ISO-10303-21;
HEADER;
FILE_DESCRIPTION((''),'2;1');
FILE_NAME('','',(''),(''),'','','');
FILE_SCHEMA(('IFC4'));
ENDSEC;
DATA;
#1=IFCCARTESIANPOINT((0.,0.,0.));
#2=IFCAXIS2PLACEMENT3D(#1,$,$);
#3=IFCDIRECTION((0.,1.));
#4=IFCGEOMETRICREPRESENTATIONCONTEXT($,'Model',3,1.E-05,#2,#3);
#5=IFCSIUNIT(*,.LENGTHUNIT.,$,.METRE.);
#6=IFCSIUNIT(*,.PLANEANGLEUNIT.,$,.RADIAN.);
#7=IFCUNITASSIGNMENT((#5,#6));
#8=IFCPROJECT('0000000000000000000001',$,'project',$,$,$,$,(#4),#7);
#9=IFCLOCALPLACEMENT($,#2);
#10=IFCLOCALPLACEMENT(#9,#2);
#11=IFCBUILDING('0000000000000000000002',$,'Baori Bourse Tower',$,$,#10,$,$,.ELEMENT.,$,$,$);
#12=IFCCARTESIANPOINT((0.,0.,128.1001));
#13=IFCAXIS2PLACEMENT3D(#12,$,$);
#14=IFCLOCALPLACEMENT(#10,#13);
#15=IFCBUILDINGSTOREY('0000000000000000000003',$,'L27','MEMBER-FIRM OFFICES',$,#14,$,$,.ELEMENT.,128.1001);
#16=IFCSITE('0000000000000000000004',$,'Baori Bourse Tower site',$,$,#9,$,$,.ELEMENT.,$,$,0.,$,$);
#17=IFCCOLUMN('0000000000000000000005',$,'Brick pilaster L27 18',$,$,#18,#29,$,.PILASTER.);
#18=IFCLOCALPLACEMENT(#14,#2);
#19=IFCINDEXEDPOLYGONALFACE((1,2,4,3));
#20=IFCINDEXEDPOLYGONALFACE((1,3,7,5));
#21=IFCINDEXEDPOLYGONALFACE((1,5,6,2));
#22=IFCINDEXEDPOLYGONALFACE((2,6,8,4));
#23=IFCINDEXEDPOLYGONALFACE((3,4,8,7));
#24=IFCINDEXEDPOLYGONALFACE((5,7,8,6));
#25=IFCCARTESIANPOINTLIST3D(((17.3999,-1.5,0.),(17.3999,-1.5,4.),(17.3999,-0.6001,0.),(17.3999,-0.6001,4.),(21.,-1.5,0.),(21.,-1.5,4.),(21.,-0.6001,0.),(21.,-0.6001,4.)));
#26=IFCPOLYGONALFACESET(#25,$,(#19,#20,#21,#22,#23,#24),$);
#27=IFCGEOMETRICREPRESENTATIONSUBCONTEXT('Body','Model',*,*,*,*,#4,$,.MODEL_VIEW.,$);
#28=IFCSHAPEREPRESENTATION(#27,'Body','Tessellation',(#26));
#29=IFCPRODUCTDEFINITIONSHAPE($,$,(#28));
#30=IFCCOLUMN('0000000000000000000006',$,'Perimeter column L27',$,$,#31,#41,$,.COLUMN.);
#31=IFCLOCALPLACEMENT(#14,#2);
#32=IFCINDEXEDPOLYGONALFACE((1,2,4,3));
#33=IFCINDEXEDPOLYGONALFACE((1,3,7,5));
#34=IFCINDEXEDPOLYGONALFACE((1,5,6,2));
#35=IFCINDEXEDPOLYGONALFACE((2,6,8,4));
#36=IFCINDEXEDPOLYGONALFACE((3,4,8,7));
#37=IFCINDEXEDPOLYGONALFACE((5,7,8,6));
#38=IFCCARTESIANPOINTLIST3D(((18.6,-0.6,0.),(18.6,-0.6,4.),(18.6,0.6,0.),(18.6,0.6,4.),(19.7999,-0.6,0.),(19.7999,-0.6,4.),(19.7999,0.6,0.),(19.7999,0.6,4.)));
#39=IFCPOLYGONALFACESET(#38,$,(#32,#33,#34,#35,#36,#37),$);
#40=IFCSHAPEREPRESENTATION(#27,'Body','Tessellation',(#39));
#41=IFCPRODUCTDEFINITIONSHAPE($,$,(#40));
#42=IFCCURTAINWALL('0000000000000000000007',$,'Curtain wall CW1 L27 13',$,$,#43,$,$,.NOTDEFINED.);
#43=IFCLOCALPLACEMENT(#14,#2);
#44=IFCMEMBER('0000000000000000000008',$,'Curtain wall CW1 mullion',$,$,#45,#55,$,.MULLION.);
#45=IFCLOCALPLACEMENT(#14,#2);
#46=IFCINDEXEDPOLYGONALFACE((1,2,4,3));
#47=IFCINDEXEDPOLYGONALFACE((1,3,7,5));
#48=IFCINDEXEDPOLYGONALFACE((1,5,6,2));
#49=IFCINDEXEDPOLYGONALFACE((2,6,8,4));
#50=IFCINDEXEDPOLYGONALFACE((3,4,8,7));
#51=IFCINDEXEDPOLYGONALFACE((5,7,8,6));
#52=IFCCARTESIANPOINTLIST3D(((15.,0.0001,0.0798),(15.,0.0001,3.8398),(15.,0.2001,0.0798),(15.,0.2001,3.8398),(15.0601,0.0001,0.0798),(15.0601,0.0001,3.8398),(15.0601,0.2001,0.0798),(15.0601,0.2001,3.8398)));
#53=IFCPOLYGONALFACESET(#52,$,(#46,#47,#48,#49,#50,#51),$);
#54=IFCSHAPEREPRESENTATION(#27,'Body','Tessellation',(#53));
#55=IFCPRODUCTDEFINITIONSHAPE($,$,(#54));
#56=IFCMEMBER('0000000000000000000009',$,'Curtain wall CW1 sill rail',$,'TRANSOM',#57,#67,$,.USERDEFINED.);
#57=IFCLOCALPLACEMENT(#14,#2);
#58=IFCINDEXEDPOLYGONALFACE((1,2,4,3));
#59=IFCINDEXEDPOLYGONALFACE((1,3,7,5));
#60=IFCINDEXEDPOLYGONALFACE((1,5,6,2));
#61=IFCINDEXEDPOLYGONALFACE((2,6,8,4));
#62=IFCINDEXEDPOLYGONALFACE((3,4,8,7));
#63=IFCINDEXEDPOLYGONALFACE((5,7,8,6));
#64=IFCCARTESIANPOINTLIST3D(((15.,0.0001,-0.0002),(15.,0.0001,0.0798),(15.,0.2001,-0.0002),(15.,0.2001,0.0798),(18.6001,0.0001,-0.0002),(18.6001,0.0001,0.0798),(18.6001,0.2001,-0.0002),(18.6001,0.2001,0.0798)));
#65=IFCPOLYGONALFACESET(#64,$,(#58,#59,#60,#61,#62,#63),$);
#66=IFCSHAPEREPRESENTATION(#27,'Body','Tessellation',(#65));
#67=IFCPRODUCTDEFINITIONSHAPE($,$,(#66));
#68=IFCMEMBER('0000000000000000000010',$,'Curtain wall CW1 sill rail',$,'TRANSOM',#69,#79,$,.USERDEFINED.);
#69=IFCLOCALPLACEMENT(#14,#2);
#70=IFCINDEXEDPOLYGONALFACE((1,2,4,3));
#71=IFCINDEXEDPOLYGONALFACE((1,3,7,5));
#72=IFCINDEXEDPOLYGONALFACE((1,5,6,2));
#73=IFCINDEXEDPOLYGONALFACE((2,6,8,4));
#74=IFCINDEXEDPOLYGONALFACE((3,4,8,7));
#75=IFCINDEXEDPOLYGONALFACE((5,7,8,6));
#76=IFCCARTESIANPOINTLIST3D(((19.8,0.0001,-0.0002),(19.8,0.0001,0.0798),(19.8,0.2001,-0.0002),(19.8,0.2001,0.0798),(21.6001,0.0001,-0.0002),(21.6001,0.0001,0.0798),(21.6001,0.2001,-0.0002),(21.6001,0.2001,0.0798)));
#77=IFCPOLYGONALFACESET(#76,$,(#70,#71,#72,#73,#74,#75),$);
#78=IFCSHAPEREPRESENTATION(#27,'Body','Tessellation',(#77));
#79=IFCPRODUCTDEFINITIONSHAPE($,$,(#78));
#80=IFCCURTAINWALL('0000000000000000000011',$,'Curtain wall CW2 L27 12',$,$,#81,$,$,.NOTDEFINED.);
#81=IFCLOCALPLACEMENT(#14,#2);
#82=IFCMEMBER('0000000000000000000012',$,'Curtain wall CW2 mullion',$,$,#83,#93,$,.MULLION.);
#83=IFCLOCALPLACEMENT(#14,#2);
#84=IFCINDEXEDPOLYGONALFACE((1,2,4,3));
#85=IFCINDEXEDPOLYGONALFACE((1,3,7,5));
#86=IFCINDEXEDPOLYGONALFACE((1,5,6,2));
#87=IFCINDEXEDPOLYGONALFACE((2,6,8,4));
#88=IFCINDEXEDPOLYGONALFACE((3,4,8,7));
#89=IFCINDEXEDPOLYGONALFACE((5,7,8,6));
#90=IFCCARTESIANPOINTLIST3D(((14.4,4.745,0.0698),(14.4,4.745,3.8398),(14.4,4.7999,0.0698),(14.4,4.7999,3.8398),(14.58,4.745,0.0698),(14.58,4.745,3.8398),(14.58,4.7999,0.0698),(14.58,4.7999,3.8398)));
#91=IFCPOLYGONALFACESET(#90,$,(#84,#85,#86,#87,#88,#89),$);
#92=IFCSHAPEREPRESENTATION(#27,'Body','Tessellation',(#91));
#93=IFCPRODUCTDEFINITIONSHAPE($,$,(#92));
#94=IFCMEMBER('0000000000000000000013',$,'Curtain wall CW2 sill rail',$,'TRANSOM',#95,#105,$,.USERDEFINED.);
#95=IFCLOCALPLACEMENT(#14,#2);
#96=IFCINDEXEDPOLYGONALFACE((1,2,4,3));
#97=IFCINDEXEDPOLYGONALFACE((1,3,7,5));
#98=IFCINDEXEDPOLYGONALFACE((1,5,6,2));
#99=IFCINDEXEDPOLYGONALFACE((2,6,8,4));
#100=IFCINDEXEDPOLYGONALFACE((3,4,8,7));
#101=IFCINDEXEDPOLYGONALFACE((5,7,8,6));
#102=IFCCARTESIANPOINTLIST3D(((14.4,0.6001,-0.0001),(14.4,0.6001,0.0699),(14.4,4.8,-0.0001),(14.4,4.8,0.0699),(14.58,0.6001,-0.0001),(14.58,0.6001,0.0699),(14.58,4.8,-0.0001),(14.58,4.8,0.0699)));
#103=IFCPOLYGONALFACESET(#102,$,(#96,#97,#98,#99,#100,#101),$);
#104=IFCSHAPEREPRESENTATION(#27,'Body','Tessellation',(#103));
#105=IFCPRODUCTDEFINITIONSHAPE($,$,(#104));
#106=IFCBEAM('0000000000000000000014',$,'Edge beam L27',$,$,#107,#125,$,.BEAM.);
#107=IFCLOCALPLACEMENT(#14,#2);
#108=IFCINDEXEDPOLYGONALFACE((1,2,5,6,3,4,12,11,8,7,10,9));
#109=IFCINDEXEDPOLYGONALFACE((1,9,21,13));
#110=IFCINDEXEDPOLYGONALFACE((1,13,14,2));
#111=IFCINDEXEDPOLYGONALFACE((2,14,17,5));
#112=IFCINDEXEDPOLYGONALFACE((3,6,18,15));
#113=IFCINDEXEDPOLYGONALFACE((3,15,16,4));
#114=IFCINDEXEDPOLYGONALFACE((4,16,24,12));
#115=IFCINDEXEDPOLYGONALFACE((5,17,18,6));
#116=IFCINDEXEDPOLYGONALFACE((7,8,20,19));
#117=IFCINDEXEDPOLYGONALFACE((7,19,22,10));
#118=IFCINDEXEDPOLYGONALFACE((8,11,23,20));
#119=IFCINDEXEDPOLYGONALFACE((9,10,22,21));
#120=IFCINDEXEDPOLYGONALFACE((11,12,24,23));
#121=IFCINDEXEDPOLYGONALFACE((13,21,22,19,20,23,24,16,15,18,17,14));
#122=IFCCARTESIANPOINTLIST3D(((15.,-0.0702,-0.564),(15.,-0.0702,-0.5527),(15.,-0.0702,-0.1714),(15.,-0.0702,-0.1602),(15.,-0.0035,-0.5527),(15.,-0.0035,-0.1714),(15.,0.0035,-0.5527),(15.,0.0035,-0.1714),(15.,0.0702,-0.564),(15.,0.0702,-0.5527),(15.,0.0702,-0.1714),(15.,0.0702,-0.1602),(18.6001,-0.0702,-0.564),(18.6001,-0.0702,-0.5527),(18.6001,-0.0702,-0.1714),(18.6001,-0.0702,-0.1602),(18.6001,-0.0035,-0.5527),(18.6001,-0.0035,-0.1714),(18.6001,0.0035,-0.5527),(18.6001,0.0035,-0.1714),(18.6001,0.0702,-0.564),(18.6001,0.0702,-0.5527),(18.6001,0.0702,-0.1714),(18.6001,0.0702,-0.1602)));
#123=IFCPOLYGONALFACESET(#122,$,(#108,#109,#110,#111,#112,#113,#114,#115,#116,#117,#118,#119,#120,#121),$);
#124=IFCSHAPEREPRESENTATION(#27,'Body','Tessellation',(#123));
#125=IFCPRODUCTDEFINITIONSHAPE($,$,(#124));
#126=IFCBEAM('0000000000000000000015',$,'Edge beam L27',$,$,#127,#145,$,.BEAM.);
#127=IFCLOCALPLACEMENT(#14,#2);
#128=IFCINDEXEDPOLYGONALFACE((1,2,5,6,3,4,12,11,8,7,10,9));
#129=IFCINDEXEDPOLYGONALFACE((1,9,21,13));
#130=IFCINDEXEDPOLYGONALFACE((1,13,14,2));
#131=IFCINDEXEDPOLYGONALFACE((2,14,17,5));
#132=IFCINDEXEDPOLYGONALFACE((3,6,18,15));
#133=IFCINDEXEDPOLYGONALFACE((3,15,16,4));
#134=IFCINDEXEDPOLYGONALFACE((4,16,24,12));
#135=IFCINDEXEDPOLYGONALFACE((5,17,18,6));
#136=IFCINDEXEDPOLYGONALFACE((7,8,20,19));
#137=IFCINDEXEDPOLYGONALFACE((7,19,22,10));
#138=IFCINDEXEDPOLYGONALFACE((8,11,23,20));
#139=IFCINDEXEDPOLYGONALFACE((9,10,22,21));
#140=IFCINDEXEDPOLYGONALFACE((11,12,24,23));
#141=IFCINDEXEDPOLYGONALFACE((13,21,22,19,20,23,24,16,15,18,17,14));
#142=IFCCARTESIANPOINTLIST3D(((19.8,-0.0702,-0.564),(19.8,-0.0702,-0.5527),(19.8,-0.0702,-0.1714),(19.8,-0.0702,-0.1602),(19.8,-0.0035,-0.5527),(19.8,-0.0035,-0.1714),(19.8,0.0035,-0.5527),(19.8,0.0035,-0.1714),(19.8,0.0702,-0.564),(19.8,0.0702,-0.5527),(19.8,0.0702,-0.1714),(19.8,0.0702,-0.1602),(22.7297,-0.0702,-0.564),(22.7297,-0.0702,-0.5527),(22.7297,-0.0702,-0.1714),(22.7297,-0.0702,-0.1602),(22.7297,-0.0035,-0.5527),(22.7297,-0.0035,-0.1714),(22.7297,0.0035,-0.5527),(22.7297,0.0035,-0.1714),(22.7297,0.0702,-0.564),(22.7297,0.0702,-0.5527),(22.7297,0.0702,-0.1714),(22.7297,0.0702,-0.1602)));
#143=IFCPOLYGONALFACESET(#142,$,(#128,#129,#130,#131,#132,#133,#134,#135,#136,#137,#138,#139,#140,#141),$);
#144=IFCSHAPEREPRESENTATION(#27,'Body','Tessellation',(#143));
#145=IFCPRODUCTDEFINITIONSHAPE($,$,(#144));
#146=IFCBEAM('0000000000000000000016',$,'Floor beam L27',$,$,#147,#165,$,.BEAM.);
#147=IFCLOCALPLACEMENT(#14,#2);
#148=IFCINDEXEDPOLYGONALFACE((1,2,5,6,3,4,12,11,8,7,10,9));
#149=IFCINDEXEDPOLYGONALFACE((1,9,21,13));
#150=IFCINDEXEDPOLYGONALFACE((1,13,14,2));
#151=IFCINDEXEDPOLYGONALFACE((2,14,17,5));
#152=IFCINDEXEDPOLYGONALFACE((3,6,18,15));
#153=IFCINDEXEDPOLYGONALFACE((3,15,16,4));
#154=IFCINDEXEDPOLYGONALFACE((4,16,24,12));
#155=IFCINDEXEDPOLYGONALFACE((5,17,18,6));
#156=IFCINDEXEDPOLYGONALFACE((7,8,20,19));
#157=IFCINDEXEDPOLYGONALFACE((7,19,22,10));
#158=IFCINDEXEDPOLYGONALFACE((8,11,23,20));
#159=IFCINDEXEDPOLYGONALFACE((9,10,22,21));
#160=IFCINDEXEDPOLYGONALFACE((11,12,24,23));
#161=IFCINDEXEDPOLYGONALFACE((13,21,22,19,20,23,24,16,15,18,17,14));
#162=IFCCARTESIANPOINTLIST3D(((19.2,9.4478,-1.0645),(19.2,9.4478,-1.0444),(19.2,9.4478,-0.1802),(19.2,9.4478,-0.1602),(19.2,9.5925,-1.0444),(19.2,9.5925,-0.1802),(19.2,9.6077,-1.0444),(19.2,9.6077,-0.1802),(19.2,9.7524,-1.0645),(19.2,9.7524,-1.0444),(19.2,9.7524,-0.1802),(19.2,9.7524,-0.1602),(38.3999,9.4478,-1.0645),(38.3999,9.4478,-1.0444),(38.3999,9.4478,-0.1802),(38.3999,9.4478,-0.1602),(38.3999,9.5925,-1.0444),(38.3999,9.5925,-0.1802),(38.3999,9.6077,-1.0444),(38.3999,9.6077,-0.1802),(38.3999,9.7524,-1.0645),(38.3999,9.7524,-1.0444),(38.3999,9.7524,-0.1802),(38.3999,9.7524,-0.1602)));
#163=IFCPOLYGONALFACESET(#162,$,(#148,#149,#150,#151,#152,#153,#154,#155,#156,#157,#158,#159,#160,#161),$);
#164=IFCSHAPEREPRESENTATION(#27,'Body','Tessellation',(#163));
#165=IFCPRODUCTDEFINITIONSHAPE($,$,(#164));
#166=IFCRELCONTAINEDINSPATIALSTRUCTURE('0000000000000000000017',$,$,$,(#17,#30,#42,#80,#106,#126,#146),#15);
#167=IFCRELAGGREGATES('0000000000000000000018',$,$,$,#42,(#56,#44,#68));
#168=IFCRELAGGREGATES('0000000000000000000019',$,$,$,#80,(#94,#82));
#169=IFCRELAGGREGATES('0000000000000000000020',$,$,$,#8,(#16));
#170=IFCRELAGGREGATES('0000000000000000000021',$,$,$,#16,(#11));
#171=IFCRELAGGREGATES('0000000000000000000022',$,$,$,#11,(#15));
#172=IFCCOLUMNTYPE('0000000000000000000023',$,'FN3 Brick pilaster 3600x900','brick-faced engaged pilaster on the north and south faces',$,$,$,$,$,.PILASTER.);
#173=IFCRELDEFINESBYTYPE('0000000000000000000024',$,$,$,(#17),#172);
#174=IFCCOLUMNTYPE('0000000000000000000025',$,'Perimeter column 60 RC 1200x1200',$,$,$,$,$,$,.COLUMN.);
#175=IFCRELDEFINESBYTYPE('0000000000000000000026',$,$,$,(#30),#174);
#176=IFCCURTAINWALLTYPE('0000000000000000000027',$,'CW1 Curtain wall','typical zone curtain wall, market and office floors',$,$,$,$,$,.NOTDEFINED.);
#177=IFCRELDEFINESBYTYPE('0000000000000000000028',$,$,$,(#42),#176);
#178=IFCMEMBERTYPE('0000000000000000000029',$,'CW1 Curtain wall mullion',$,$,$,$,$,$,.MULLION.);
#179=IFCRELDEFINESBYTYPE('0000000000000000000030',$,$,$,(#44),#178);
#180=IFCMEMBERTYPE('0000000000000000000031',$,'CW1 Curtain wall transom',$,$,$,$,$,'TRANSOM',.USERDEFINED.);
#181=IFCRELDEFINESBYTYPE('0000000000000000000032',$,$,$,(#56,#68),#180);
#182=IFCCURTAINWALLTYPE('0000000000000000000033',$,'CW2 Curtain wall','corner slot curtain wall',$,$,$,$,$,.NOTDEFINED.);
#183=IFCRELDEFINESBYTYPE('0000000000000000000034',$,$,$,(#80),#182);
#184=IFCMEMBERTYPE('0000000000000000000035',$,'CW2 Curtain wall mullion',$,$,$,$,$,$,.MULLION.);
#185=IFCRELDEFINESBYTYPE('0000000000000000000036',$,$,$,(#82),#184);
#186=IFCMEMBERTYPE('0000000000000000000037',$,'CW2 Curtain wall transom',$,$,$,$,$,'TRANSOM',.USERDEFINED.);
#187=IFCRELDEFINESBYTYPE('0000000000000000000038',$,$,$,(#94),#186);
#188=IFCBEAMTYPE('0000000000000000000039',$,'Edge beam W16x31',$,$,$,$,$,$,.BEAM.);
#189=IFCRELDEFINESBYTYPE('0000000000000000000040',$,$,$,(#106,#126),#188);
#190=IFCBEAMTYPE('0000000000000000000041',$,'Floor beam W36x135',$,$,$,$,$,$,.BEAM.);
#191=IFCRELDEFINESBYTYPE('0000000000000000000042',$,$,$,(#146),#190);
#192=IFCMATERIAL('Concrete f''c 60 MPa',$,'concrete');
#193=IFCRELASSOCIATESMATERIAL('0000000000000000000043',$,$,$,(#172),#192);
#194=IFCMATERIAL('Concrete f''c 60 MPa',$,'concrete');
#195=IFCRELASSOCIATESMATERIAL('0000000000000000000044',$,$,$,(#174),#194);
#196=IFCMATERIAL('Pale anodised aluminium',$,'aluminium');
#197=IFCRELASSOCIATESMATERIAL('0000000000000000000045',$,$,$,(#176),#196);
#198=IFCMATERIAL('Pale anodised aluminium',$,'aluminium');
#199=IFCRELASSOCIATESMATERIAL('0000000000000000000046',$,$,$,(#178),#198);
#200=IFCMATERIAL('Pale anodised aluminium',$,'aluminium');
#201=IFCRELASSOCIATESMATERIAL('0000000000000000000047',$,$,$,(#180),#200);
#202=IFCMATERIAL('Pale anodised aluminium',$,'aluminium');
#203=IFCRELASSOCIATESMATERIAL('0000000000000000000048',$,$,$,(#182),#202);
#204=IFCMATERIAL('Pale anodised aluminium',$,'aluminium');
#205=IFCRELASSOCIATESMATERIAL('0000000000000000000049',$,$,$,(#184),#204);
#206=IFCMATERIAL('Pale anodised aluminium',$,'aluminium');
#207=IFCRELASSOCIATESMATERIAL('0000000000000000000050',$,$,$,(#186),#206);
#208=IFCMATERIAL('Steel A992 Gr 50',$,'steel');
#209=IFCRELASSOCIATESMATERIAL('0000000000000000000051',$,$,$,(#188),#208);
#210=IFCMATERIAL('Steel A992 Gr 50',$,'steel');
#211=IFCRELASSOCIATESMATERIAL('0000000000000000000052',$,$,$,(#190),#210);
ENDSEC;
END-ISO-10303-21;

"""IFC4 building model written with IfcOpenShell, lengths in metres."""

from ifc_helpers import new_model, si_unit, direction, frame, origin, origin_2d, place, context, subcontext, project, spatial, rectangle, i_section, extrude, material, material_profile, profile_set, type_object, element, aggregate, save


model = new_model("IFC4")

# Units and contexts
model_context = context("Model", 3, precision=1e-05, world=origin(), true_north=direction((0.0, 1.0)))
body_context = subcontext(model_context, "Body", "Model", "MODEL_VIEW")
ifc_project = project(units=[si_unit("LENGTHUNIT", "METRE"), si_unit("PLANEANGLEUNIT", "RADIAN")], contexts=[model_context])

# Site, building, storey
site_placement = place(None, origin())
site = spatial("IfcSite", under=ifc_project, at=site_placement, Name="Baori Bourse Tower site", CompositionType="ELEMENT", RefElevation=0.0)
building_placement = place(site_placement, origin())
building = spatial("IfcBuilding", under=site, at=building_placement, Name="Baori Bourse Tower", CompositionType="ELEMENT")
storey_placement = place(building_placement, frame((0.0, 0.0, 128.1001)))
storey = spatial("IfcBuildingStorey", under=building, at=storey_placement, Name="L27", Description="MEMBER-FIRM OFFICES", CompositionType="ELEMENT", Elevation=128.1001)

# Columns
ifc_material_1 = material(Name="Concrete f'c 60 MPa", Category="concrete")
ifc_material_profile_1 = material_profile(ifc_material_1, rectangle(XDim=3.6001, YDim=0.8999, at=origin_2d()), Name="RC 3600x900")
ifc_profile_set_1 = profile_set([ifc_material_profile_1], Name="Concrete f'c 60 MPa")
column_type_1 = type_object("IfcColumnType", Name="FN3 Brick pilaster 3600x900", Description="brick-faced engaged pilaster on the north and south faces", PredefinedType="PILASTER", material=ifc_profile_set_1)
column_1_placement = place(storey_placement, frame((19.2, -1.05, 0.0), z_axis=(0.0, 0.0, 1.0), x_axis=(1.0, 0.0, 0.0)))
element("IfcColumn", 1, at=column_1_placement, inside=storey, type_object=column_type_1, Name="Brick pilaster L27 18", PredefinedType="PILASTER", context=body_context, shape_type="SweptSolid", body=[
    extrude(rectangle(XDim=3.6001, YDim=0.8999, at=origin_2d()), origin(), (0.0, 0.0, 1.0), 4.0),
])
ifc_material_2 = material(Name="Concrete f'c 60 MPa", Category="concrete")
ifc_material_profile_2 = material_profile(ifc_material_2, rectangle(XDim=1.2, YDim=1.2, at=origin_2d()), Name="RC 1200x1200")
ifc_profile_set_2 = profile_set([ifc_material_profile_2], Name="Concrete f'c 60 MPa")
column_type_2 = type_object("IfcColumnType", Name="Perimeter column 60 RC 1200x1200", PredefinedType="COLUMN", material=ifc_profile_set_2)
column_2_placement = place(storey_placement, frame((19.2, 0.0, 0.0), z_axis=(0.0, 0.0, 1.0), x_axis=(1.0, 0.0, 0.0)))
element("IfcColumn", 2, at=column_2_placement, inside=storey, type_object=column_type_2, Name="Perimeter column L27", PredefinedType="COLUMN", context=body_context, shape_type="SweptSolid", body=[
    extrude(rectangle(XDim=1.2, YDim=1.2, at=origin_2d()), origin(), (0.0, 0.0, 1.0), 4.0),
])

# Curtain walls, members
ifc_material_3 = material(Name="Pale anodised aluminium", Category="aluminium")
curtain_wall_type_1 = type_object("IfcCurtainWallType", Name="CW1 Curtain wall", Description="typical zone curtain wall, market and office floors", PredefinedType="NOTDEFINED", material=ifc_material_3)
curtain_wall_1_placement = place(storey_placement, origin())
curtain_wall_1 = element("IfcCurtainWall", 3, at=curtain_wall_1_placement, inside=storey, type_object=curtain_wall_type_1, Name="Curtain wall CW1 L27 13", PredefinedType="NOTDEFINED")
ifc_material_4 = material(Name="Pale anodised aluminium", Category="aluminium")
ifc_material_profile_3 = material_profile(ifc_material_4, rectangle(XDim=0.2, YDim=0.0601, at=origin_2d()), Name="Mullion 60x200")
ifc_profile_set_3 = profile_set([ifc_material_profile_3], Name="Pale anodised aluminium")
member_type_1 = type_object("IfcMemberType", Name="CW1 Curtain wall mullion", PredefinedType="MULLION", material=ifc_profile_set_3)
member_1_placement = place(storey_placement, frame((15.03, 0.1001, 0.0798), z_axis=(0.0, 0.0, 1.0), x_axis=(0.0, 1.0, 0.0)))
member_1 = element("IfcMember", 4, at=member_1_placement, type_object=member_type_1, Name="Curtain wall CW1 mullion", PredefinedType="MULLION", context=body_context, shape_type="SweptSolid", body=[
    extrude(rectangle(XDim=0.2, YDim=0.0601, at=origin_2d()), origin(), (0.0, 0.0, 1.0), 3.76),
])
ifc_material_5 = material(Name="Pale anodised aluminium", Category="aluminium")
ifc_material_profile_4 = material_profile(ifc_material_5, rectangle(XDim=0.2, YDim=0.0801, at=origin_2d()), Name="Transom 80x200")
ifc_profile_set_4 = profile_set([ifc_material_profile_4], Name="Pale anodised aluminium")
member_type_2 = type_object("IfcMemberType", Name="CW1 Curtain wall transom", ElementType="TRANSOM", PredefinedType="USERDEFINED", material=ifc_profile_set_4)
member_2_placement = place(storey_placement, frame((15.0, 0.1001, 0.0398), z_axis=(1.0, 0.0, 0.0), x_axis=(0.0, 1.0, 0.0)))
member_2 = element("IfcMember", 5, at=member_2_placement, type_object=member_type_2, Name="Curtain wall CW1 sill rail", ObjectType="TRANSOM", PredefinedType="USERDEFINED", context=body_context, shape_type="SweptSolid", body=[
    extrude(rectangle(XDim=0.2, YDim=0.0801, at=origin_2d()), origin(), (0.0, 0.0, 1.0), 3.6001),
])
member_3_placement = place(storey_placement, frame((19.8, 0.1001, 0.0398), z_axis=(1.0, 0.0, 0.0), x_axis=(0.0, 1.0, 0.0)))
member_3 = element("IfcMember", 6, at=member_3_placement, type_object=member_type_2, Name="Curtain wall CW1 sill rail", ObjectType="TRANSOM", PredefinedType="USERDEFINED", context=body_context, shape_type="SweptSolid", body=[
    extrude(rectangle(XDim=0.2, YDim=0.0801, at=origin_2d()), origin(), (0.0, 0.0, 1.0), 1.8),
])
ifc_material_6 = material(Name="Pale anodised aluminium", Category="aluminium")
curtain_wall_type_2 = type_object("IfcCurtainWallType", Name="CW2 Curtain wall", Description="corner slot curtain wall", PredefinedType="NOTDEFINED", material=ifc_material_6)
curtain_wall_2_placement = place(storey_placement, origin())
curtain_wall_2 = element("IfcCurtainWall", 7, at=curtain_wall_2_placement, inside=storey, type_object=curtain_wall_type_2, Name="Curtain wall CW2 L27 12", PredefinedType="NOTDEFINED")
ifc_material_7 = material(Name="Pale anodised aluminium", Category="aluminium")
ifc_material_profile_5 = material_profile(ifc_material_7, rectangle(XDim=0.1799, YDim=0.0549, at=origin_2d()), Name="Mullion 55x180")
ifc_profile_set_5 = profile_set([ifc_material_profile_5], Name="Pale anodised aluminium")
member_type_3 = type_object("IfcMemberType", Name="CW2 Curtain wall mullion", PredefinedType="MULLION", material=ifc_profile_set_5)
member_4_placement = place(storey_placement, frame((14.49, 4.7725, 0.0698), z_axis=(0.0, 0.0, 1.0), x_axis=(1.0, 0.0, 0.0)))
member_4 = element("IfcMember", 8, at=member_4_placement, type_object=member_type_3, Name="Curtain wall CW2 mullion", PredefinedType="MULLION", context=body_context, shape_type="SweptSolid", body=[
    extrude(rectangle(XDim=0.1799, YDim=0.0549, at=origin_2d()), origin(), (0.0, 0.0, 1.0), 3.77),
])
ifc_material_8 = material(Name="Pale anodised aluminium", Category="aluminium")
ifc_material_profile_6 = material_profile(ifc_material_8, rectangle(XDim=0.1799, YDim=0.0701, at=origin_2d()), Name="Transom 70x180")
ifc_profile_set_6 = profile_set([ifc_material_profile_6], Name="Pale anodised aluminium")
member_type_4 = type_object("IfcMemberType", Name="CW2 Curtain wall transom", ElementType="TRANSOM", PredefinedType="USERDEFINED", material=ifc_profile_set_6)
member_5_placement = place(storey_placement, frame((14.49, 4.8, 0.0349), z_axis=(0.0, -1.0, 0.0), x_axis=(1.0, 0.0, 0.0)))
member_5 = element("IfcMember", 9, at=member_5_placement, type_object=member_type_4, Name="Curtain wall CW2 sill rail", ObjectType="TRANSOM", PredefinedType="USERDEFINED", context=body_context, shape_type="SweptSolid", body=[
    extrude(rectangle(XDim=0.1799, YDim=0.0701, at=origin_2d()), origin(), (0.0, 0.0, 1.0), 4.2),
])

# Beams
ifc_material_9 = material(Name="Steel A992 Gr 50", Category="steel")
ifc_material_profile_7 = material_profile(ifc_material_9, i_section(OverallWidth=0.1404, OverallDepth=0.4038, WebThickness=0.0071, FlangeThickness=0.0112, at=origin_2d()), Name="W16x31")
ifc_profile_set_7 = profile_set([ifc_material_profile_7], Name="Steel A992 Gr 50")
beam_type_1 = type_object("IfcBeamType", Name="Edge beam W16x31", PredefinedType="BEAM", material=ifc_profile_set_7)
beam_1_placement = place(storey_placement, frame((15.0, 0.0, -0.3621), z_axis=(1.0, 0.0, 0.0), x_axis=(0.0, 1.0, 0.0)))
element("IfcBeam", 10, at=beam_1_placement, inside=storey, type_object=beam_type_1, Name="Edge beam L27", PredefinedType="BEAM", context=body_context, shape_type="SweptSolid", body=[
    extrude(i_section(OverallWidth=0.1404, OverallDepth=0.4038, WebThickness=0.0071, FlangeThickness=0.0112, at=origin_2d()), origin(), (0.0, 0.0, 1.0), 3.6001),
])
beam_2_placement = place(storey_placement, frame((19.8, 0.0, -0.3621), z_axis=(1.0, 0.0, 0.0), x_axis=(0.0, 1.0, 0.0)))
element("IfcBeam", 11, at=beam_2_placement, inside=storey, type_object=beam_type_1, Name="Edge beam L27", PredefinedType="BEAM", context=body_context, shape_type="SweptSolid", body=[
    extrude(i_section(OverallWidth=0.1404, OverallDepth=0.4038, WebThickness=0.0071, FlangeThickness=0.0112, at=origin_2d()), origin(), (0.0, 0.0, 1.0), 2.9297),
])
ifc_material_10 = material(Name="Steel A992 Gr 50", Category="steel")
ifc_material_profile_8 = material_profile(ifc_material_10, i_section(OverallWidth=0.3047, OverallDepth=0.9043, WebThickness=0.0151, FlangeThickness=0.02, at=origin_2d()), Name="W36x135")
ifc_profile_set_8 = profile_set([ifc_material_profile_8], Name="Steel A992 Gr 50")
beam_type_2 = type_object("IfcBeamType", Name="Floor beam W36x135", PredefinedType="BEAM", material=ifc_profile_set_8)
beam_3_placement = place(storey_placement, frame((19.2, 9.6001, -0.6123), z_axis=(1.0, 0.0, 0.0), x_axis=(0.0, 1.0, 0.0)))
element("IfcBeam", 12, at=beam_3_placement, inside=storey, type_object=beam_type_2, Name="Floor beam L27", PredefinedType="BEAM", context=body_context, shape_type="SweptSolid", body=[
    extrude(i_section(OverallWidth=0.3047, OverallDepth=0.9043, WebThickness=0.0151, FlangeThickness=0.02, at=origin_2d()), origin(), (0.0, 0.0, 1.0), 19.2),
])

aggregate(curtain_wall_1, [member_2, member_1, member_3])
aggregate(curtain_wall_2, [member_5, member_4])

save(model, "model.ifc")
